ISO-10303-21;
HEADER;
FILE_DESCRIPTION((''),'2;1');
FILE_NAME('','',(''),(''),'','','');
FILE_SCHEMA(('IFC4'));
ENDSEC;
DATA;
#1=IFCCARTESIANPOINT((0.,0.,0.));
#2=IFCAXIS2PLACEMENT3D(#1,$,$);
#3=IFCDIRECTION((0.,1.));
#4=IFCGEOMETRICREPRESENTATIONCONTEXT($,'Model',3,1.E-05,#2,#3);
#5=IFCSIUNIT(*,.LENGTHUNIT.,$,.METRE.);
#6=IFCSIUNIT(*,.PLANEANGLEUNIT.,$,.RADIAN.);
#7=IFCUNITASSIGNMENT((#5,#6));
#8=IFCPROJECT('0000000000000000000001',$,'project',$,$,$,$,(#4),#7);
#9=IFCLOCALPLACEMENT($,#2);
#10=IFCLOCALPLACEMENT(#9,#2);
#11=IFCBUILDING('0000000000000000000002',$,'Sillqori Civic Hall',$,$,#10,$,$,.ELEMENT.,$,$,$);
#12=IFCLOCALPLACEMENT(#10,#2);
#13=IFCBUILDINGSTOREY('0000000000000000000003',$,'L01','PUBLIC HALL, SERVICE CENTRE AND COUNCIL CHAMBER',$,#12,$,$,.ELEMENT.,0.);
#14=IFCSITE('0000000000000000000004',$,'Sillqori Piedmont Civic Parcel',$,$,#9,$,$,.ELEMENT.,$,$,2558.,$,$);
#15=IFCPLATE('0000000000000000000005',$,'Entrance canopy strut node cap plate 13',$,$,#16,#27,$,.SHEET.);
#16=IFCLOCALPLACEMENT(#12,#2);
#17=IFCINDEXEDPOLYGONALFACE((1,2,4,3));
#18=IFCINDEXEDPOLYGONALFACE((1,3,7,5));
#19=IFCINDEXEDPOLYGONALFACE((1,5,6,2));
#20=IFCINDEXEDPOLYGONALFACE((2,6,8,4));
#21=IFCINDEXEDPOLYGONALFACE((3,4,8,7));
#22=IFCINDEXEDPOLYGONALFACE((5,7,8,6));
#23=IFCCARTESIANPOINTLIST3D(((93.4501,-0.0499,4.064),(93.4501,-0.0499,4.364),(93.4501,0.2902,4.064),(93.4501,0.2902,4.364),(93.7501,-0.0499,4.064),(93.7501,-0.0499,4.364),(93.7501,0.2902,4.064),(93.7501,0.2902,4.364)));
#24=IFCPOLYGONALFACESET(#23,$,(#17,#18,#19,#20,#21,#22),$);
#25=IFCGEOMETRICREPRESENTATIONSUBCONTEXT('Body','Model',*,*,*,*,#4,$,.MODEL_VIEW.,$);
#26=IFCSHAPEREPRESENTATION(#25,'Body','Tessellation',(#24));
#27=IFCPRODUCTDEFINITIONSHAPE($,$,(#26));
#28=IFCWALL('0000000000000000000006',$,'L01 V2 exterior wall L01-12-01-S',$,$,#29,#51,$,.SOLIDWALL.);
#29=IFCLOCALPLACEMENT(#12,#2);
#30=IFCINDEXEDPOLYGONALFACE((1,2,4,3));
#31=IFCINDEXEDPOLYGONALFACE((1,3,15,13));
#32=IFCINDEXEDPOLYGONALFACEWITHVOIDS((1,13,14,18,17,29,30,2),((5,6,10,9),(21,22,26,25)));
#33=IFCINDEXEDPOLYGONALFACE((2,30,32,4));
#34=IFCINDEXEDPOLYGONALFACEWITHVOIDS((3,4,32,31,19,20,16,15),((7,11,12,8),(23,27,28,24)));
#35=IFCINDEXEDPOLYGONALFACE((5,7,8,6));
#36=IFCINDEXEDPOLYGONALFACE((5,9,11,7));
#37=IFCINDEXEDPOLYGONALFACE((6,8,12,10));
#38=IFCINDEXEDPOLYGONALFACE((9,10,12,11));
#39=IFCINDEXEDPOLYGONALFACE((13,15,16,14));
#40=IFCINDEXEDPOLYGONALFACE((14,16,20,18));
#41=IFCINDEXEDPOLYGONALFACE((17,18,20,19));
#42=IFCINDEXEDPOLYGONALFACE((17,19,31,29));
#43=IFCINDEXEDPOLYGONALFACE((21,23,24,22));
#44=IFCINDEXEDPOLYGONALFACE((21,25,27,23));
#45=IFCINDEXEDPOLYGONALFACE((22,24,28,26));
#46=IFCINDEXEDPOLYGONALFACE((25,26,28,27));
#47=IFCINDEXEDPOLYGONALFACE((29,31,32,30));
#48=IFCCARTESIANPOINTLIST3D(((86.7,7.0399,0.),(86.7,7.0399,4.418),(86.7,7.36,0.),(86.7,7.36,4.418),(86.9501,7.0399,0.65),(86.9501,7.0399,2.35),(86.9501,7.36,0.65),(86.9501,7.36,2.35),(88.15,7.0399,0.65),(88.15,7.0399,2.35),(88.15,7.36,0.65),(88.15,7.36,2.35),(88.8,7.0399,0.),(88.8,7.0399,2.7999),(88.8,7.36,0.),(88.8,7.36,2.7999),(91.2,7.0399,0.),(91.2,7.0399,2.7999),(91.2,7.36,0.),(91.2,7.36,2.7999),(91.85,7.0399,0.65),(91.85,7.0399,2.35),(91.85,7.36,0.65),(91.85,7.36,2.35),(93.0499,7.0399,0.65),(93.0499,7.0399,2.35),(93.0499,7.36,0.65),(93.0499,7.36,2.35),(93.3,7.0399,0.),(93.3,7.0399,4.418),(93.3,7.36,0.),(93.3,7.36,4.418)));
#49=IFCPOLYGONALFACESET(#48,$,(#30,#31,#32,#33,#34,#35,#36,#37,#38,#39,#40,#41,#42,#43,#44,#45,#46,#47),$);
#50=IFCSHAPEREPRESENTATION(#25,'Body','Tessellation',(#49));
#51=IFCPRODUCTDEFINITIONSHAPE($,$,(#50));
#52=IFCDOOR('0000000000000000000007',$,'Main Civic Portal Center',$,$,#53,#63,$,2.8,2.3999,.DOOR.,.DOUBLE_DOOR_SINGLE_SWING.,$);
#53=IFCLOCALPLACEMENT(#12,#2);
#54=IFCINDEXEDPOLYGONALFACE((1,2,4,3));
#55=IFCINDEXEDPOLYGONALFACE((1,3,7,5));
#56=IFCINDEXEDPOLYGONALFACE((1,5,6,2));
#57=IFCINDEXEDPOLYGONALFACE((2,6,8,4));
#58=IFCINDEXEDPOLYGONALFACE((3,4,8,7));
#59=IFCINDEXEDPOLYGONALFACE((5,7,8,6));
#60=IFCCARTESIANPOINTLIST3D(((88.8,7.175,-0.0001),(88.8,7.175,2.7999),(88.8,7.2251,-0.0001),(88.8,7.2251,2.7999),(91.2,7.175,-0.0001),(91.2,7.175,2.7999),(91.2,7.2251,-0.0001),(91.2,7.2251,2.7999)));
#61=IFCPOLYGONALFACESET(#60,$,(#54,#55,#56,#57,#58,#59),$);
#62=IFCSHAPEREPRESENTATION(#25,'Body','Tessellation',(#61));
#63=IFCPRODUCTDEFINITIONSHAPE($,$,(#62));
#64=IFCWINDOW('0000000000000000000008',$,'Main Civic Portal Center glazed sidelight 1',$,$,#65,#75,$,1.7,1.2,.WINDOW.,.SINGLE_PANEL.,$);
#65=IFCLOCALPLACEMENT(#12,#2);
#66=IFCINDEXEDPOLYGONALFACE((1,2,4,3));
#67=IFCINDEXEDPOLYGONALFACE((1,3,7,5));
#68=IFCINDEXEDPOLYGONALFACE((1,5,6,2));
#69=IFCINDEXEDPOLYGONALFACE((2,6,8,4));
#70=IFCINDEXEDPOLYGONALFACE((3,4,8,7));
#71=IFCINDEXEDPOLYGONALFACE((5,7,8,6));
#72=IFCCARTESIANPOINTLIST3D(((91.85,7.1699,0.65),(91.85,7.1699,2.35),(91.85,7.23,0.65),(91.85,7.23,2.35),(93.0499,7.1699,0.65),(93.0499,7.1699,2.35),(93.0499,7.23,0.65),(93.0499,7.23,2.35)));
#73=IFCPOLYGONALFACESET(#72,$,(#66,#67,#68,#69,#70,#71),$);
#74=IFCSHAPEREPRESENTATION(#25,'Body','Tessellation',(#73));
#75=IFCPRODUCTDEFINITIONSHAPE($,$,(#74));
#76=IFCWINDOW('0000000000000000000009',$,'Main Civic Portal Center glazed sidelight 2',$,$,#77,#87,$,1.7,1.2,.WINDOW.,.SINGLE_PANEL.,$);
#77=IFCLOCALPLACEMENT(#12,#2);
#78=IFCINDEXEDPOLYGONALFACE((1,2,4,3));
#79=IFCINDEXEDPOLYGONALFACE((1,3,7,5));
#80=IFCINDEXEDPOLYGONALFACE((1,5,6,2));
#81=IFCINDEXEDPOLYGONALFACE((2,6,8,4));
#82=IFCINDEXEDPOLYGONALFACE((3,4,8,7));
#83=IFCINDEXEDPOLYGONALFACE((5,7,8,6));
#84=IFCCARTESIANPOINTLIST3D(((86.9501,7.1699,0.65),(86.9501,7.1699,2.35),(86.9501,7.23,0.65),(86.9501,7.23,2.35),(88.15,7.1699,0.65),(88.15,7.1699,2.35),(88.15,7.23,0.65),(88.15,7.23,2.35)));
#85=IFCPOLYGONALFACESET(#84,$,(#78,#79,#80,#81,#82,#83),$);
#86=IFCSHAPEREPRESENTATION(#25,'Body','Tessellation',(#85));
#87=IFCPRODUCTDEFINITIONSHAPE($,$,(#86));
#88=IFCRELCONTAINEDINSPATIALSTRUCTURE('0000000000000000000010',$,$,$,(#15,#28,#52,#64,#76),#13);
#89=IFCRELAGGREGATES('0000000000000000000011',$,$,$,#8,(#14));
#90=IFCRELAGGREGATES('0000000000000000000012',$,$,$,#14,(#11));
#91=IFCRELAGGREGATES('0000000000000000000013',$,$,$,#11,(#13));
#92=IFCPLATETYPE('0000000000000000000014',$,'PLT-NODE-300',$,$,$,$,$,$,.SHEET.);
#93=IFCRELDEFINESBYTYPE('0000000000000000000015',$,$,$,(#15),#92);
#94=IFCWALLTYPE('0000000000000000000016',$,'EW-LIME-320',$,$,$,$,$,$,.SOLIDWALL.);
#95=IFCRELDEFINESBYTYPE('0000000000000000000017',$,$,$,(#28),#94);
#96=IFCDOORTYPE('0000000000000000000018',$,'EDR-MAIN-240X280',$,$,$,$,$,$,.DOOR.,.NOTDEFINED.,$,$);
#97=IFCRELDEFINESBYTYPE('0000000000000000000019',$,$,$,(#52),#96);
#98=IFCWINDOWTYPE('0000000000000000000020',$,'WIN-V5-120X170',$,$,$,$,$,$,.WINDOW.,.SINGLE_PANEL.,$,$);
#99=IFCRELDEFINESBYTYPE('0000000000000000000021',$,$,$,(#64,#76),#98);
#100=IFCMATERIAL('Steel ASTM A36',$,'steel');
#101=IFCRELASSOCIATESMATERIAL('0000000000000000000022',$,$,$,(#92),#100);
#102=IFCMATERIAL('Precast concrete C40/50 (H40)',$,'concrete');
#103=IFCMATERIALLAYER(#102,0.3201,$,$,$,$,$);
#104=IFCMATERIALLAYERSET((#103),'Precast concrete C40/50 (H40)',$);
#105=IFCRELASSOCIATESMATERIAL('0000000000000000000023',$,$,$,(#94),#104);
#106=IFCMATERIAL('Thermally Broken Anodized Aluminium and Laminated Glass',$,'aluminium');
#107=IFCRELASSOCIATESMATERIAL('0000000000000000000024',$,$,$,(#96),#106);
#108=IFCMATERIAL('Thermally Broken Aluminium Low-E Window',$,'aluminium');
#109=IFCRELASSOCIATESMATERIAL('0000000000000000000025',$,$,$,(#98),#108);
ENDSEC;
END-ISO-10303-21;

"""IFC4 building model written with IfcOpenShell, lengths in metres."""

from ifc_helpers import new_model, si_unit, direction, frame, frame_2d, origin, origin_2d, place, context, subcontext, project, spatial, rectangle, extrude, material, layer, layer_set, type_object, element, fill, save


model = new_model("IFC4")

# Units and contexts
model_context = context("Model", 3, precision=1e-05, world=origin(), true_north=direction((0.0, 1.0)))
body_context = subcontext(model_context, "Body", "Model", "MODEL_VIEW")
ifc_project = project(units=[si_unit("LENGTHUNIT", "METRE"), si_unit("PLANEANGLEUNIT", "RADIAN")], contexts=[model_context])

# Site, building, storey
site_placement = place(None, origin())
site = spatial("IfcSite", under=ifc_project, at=site_placement, Name="Sillqori Piedmont Civic Parcel", CompositionType="ELEMENT", RefElevation=2558.0)
building_placement = place(site_placement, origin())
building = spatial("IfcBuilding", under=site, at=building_placement, Name="Sillqori Civic Hall", CompositionType="ELEMENT")
storey_placement = place(building_placement, origin())
storey = spatial("IfcBuildingStorey", under=building, at=storey_placement, Name="L01", Description="PUBLIC HALL, SERVICE CENTRE AND COUNCIL CHAMBER", CompositionType="ELEMENT", Elevation=0.0)

# Plate
ifc_material_1 = material(Name="Steel ASTM A36", Category="steel")
plate_type_1 = type_object("IfcPlateType", Name="PLT-NODE-300", PredefinedType="SHEET", material=ifc_material_1)
plate_1_placement = place(storey_placement, frame((93.6001, 0.1201, 4.064), z_axis=(0.0, 0.0, 1.0), x_axis=(1.0, 0.0, 0.0)))
element("IfcPlate", 1, at=plate_1_placement, inside=storey, type_object=plate_type_1, Name="Entrance canopy strut node cap plate 13", PredefinedType="SHEET", context=body_context, shape_type="SweptSolid", body=[
    extrude(rectangle(XDim=0.3, YDim=0.3401, at=origin_2d()), origin(), (0.0, 0.0, 1.0), 0.3),
])

# Wall, openings, door, windows
ifc_material_2 = material(Name="Precast concrete C40/50 (H40)", Category="concrete")
ifc_layer = layer(ifc_material_2, 0.3201)
ifc_layer_set = layer_set([ifc_layer], Name="Precast concrete C40/50 (H40)")
wall_type = type_object("IfcWallType", Name="EW-LIME-320", PredefinedType="SOLIDWALL", material=ifc_layer_set)
wall_placement = place(storey_placement, frame((93.3, 7.2, 0.0), z_axis=(0.0, 0.0, 1.0), x_axis=(-1.0, 0.0, 0.0)))
wall = element("IfcWall", 2, at=wall_placement, inside=storey, type_object=wall_type, Name="L01 V2 exterior wall L01-12-01-S", PredefinedType="SOLIDWALL", context=body_context, shape_type="SweptSolid", body=[
    extrude(rectangle(XDim=6.6001, YDim=0.3201, at=frame_2d((3.3, 0.0))), origin(), (0.0, 0.0, 1.0), 4.418),
])
opening_1_placement = place(wall_placement, frame((2.1001, 0.0, 0.0)))
opening_1 = element("IfcOpeningElement", 3, at=opening_1_placement, cuts=wall, PredefinedType="OPENING", context=body_context, shape_type="SweptSolid", body=[
    extrude(rectangle(XDim=2.3999, YDim=2.8, at=frame_2d((1.2, 1.3999))), frame((0.0, 0.1699, 0.0), z_axis=(0.0, -1.0, 0.0), x_axis=(1.0, 0.0, 0.0)), (0.0, 0.0, 1.0), 0.3401),
])
opening_2_placement = place(wall_placement, frame((0.25, 0.0, 0.6499)))
opening_2 = element("IfcOpeningElement", 4, at=opening_2_placement, cuts=wall, PredefinedType="OPENING", context=body_context, shape_type="SweptSolid", body=[
    extrude(rectangle(XDim=1.2, YDim=1.7, at=frame_2d((0.6001, 0.8501))), frame((0.0, 0.1699, 0.0), z_axis=(0.0, -1.0, 0.0), x_axis=(1.0, 0.0, 0.0)), (0.0, 0.0, 1.0), 0.3401),
])
opening_3_placement = place(wall_placement, frame((5.1499, 0.0, 0.6499)))
opening_3 = element("IfcOpeningElement", 5, at=opening_3_placement, cuts=wall, PredefinedType="OPENING", context=body_context, shape_type="SweptSolid", body=[
    extrude(rectangle(XDim=1.2, YDim=1.7, at=frame_2d((0.6001, 0.8501))), frame((0.0, 0.1699, 0.0), z_axis=(0.0, -1.0, 0.0), x_axis=(1.0, 0.0, 0.0)), (0.0, 0.0, 1.0), 0.3401),
])
ifc_material_3 = material(Name="Thermally Broken Anodized Aluminium and Laminated Glass", Category="aluminium")
door_type = type_object("IfcDoorType", Name="EDR-MAIN-240X280", OperationType="NOTDEFINED", PredefinedType="DOOR", material=ifc_material_3)
door_placement = place(opening_1_placement, origin())
door = element("IfcDoor", 6, at=door_placement, inside=storey, type_object=door_type, Name="Main Civic Portal Center", OperationType="DOUBLE_DOOR_SINGLE_SWING", OverallHeight=2.8, OverallWidth=2.3999, PredefinedType="DOOR", context=body_context, shape_type="SweptSolid", body=[
    extrude(rectangle(XDim=2.3999, YDim=2.8, at=frame_2d((1.2, 1.3999))), frame((0.0, 0.0249, 0.0), z_axis=(0.0, -1.0, 0.0), x_axis=(1.0, 0.0, 0.0)), (0.0, 0.0, 1.0), 0.05),
])
fill(opening_1, door)
ifc_material_4 = material(Name="Thermally Broken Aluminium Low-E Window", Category="aluminium")
window_type = type_object("IfcWindowType", Name="WIN-V5-120X170", PartitioningType="SINGLE_PANEL", PredefinedType="WINDOW", material=ifc_material_4)
window_1_placement = place(opening_2_placement, origin())
window_1 = element("IfcWindow", 7, at=window_1_placement, inside=storey, type_object=window_type, Name="Main Civic Portal Center glazed sidelight 1", OverallHeight=1.7, OverallWidth=1.2, PartitioningType="SINGLE_PANEL", PredefinedType="WINDOW", context=body_context, shape_type="SweptSolid", body=[
    extrude(rectangle(XDim=1.2, YDim=1.7, at=frame_2d((0.6001, 0.8501))), frame((0.0, 0.03, 0.0), z_axis=(0.0, -1.0, 0.0), x_axis=(1.0, 0.0, 0.0)), (0.0, 0.0, 1.0), 0.0601),
])
fill(opening_2, window_1)
window_2_placement = place(opening_3_placement, origin())
window_2 = element("IfcWindow", 8, at=window_2_placement, inside=storey, type_object=window_type, Name="Main Civic Portal Center glazed sidelight 2", OverallHeight=1.7, OverallWidth=1.2, PartitioningType="SINGLE_PANEL", PredefinedType="WINDOW", context=body_context, shape_type="SweptSolid", body=[
    extrude(rectangle(XDim=1.2, YDim=1.7, at=frame_2d((0.6001, 0.8501))), frame((0.0, 0.03, 0.0), z_axis=(0.0, -1.0, 0.0), x_axis=(1.0, 0.0, 0.0)), (0.0, 0.0, 1.0), 0.0601),
])
fill(opening_3, window_2)

save(model, "model.ifc")
